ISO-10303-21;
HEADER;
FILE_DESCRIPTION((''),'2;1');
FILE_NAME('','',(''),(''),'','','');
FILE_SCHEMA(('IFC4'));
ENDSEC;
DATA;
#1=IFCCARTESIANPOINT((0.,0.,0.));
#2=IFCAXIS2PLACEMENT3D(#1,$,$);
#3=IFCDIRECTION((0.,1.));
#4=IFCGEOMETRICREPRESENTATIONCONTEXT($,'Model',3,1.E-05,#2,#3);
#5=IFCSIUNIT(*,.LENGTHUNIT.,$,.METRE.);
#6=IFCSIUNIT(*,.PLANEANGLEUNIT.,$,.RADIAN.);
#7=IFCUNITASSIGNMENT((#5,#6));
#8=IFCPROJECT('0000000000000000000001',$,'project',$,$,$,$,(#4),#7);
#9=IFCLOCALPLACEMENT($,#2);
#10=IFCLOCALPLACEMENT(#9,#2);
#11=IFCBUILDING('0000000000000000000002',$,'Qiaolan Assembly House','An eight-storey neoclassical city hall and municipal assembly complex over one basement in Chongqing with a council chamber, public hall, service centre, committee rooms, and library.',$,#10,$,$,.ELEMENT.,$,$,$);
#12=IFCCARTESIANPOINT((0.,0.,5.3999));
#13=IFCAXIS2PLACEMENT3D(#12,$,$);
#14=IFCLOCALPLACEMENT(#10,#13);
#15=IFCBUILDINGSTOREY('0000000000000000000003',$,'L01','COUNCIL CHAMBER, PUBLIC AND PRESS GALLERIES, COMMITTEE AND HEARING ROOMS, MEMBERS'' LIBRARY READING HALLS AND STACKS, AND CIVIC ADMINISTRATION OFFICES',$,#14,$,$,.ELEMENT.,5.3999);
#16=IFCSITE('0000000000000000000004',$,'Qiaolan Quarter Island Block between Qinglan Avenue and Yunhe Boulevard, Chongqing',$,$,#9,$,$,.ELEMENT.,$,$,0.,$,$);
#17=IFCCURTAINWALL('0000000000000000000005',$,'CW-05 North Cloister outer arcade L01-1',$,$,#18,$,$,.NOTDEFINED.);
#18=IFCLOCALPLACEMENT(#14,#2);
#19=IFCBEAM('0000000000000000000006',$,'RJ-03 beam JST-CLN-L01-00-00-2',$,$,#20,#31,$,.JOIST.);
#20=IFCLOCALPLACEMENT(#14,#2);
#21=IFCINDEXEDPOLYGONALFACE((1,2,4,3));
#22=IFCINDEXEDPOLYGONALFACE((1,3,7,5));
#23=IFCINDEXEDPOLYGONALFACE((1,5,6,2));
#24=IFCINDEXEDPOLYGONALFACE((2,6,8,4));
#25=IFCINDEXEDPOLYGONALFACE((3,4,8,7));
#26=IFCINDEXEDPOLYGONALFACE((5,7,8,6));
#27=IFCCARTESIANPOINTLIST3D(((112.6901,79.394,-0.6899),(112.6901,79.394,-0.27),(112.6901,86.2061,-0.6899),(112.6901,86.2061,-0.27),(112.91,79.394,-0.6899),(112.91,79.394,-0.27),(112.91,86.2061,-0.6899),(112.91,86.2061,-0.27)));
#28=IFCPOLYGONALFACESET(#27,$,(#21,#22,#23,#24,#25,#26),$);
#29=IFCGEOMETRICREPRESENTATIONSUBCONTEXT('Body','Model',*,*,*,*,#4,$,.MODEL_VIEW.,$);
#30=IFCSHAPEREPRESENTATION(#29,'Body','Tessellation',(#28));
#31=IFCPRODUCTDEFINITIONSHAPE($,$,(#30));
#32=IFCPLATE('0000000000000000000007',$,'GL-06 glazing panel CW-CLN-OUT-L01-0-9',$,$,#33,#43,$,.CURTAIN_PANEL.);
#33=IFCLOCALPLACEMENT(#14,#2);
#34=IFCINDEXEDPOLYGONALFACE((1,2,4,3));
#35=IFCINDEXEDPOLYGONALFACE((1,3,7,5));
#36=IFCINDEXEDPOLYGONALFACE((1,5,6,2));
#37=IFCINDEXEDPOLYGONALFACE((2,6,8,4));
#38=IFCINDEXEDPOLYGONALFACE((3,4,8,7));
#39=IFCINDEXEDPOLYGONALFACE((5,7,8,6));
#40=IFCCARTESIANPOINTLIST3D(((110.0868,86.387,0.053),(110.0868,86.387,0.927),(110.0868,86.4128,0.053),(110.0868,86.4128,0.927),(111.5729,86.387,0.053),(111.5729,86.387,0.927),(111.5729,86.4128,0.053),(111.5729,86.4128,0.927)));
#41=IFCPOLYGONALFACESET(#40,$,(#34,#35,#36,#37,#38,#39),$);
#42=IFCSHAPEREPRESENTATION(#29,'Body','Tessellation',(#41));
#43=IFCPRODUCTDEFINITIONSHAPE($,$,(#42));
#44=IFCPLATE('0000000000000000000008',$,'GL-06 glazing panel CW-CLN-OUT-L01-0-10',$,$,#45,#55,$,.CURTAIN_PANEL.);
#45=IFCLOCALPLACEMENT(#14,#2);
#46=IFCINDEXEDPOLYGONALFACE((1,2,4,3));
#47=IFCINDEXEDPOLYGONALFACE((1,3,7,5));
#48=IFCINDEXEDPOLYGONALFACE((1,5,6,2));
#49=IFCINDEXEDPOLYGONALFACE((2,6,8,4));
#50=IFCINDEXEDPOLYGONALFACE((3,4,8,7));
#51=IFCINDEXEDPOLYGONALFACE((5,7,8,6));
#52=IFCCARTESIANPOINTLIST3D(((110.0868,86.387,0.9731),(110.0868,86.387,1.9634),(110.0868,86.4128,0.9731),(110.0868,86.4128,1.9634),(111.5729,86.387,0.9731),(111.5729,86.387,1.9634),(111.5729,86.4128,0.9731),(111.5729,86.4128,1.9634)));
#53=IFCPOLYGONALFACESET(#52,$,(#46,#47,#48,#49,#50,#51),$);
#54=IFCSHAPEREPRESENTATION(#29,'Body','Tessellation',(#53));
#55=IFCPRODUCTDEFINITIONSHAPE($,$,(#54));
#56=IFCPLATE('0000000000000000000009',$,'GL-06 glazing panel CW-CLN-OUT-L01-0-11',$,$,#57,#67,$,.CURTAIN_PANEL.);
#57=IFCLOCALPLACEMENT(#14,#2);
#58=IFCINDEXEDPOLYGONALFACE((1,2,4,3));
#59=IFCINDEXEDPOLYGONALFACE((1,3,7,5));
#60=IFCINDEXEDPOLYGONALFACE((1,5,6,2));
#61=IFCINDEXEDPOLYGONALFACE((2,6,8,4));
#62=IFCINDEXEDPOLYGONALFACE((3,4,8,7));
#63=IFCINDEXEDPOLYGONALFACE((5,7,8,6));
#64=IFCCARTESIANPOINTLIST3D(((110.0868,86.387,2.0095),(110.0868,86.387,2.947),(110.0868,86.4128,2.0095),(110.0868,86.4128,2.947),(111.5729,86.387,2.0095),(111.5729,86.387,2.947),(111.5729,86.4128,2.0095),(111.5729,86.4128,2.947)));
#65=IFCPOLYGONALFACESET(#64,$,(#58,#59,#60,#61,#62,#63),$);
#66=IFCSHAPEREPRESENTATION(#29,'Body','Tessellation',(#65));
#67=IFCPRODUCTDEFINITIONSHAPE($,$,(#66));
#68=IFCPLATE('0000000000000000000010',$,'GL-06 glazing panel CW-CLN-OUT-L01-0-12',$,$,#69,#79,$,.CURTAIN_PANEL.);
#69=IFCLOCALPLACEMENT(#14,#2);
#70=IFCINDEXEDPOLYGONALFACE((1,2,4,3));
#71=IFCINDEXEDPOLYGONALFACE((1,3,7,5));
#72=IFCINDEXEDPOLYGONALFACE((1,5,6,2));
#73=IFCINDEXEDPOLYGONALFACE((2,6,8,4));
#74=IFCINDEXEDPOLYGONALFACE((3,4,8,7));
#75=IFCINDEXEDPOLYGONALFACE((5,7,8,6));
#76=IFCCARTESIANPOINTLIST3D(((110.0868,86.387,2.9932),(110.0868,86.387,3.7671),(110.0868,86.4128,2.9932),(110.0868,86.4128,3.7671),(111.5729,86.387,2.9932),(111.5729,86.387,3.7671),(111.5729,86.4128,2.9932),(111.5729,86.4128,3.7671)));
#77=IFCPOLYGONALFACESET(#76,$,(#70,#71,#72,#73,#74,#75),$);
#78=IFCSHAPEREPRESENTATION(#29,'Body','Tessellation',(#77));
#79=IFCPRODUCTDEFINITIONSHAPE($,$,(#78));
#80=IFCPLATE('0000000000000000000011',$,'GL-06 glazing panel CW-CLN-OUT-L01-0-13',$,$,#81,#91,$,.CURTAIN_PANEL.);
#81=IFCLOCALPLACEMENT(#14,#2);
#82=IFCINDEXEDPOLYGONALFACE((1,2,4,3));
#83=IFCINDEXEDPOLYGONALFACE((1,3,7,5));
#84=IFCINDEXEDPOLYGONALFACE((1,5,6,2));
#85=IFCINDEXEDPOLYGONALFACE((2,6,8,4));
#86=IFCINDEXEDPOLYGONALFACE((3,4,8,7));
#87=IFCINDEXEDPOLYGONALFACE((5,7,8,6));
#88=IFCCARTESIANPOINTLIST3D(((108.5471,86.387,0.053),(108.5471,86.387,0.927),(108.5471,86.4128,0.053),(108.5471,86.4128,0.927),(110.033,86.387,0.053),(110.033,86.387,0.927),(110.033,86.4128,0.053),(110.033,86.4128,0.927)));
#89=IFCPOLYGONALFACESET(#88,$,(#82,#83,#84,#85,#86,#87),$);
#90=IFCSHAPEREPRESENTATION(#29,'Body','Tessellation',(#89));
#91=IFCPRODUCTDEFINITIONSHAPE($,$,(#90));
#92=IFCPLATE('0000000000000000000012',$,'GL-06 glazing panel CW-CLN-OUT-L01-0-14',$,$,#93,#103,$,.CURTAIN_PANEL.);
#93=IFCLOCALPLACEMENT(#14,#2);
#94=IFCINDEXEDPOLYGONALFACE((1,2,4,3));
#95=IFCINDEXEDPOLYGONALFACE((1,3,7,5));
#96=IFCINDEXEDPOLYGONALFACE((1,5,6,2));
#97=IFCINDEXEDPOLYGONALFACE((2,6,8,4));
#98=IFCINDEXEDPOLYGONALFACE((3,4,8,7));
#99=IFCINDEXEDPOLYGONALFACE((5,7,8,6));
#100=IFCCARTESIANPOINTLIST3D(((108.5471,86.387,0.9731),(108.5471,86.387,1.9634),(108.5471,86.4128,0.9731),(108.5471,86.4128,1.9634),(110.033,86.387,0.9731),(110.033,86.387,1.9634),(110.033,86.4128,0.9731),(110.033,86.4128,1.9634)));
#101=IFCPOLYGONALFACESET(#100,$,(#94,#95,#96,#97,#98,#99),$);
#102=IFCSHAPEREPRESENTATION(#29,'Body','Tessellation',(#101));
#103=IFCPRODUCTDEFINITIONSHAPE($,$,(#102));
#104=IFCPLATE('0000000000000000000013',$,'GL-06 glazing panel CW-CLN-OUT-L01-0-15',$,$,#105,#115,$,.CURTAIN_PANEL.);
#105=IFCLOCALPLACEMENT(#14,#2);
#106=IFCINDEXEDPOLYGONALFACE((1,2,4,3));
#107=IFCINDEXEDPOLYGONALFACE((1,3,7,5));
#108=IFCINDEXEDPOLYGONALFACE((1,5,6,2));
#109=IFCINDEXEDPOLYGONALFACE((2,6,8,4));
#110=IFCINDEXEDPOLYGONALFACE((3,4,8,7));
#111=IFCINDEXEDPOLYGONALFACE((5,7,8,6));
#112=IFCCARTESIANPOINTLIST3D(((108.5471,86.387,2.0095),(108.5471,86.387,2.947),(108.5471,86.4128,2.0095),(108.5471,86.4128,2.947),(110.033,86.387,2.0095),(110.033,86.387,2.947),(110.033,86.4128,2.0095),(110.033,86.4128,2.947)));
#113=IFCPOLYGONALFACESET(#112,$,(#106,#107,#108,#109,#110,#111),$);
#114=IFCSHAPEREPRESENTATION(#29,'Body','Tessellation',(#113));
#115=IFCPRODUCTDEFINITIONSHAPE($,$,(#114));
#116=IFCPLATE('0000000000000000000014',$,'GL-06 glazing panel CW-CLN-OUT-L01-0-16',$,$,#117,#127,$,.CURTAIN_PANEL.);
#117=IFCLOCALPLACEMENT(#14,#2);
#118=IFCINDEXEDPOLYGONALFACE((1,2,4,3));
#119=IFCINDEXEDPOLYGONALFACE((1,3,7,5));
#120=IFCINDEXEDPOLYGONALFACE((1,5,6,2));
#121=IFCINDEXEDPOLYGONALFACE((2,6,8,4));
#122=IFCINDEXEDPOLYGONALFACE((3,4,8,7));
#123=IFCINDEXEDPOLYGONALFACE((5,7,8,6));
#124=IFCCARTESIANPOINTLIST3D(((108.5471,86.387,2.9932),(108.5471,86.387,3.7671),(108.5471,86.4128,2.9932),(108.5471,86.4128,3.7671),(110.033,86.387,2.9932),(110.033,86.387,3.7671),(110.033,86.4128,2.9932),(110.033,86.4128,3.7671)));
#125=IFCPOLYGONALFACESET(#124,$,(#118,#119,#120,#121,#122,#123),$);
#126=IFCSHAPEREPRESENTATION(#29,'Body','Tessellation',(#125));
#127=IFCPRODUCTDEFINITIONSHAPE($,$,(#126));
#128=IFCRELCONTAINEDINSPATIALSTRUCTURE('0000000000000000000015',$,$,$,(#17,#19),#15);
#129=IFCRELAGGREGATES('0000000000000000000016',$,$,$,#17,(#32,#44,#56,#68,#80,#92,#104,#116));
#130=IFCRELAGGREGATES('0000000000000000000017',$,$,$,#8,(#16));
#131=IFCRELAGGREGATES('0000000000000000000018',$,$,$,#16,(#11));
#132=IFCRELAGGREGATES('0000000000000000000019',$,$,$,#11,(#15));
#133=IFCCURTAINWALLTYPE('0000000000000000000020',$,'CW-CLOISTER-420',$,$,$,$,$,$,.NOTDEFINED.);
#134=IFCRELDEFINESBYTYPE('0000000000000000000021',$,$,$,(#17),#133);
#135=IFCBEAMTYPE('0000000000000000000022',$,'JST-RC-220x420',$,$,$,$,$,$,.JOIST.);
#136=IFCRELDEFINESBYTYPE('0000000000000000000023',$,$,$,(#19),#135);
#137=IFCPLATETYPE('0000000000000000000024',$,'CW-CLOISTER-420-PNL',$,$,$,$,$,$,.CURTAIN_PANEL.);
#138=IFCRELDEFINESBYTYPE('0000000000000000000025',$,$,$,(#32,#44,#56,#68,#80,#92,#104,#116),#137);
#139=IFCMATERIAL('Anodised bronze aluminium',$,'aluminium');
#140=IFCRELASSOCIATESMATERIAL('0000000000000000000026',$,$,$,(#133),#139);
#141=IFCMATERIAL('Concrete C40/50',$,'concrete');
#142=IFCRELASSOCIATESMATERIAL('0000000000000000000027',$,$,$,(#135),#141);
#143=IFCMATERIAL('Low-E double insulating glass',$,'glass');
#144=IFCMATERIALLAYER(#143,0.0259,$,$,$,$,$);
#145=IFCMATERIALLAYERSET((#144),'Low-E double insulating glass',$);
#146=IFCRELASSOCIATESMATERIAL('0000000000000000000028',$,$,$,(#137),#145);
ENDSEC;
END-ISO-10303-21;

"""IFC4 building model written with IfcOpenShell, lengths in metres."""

from ifc_helpers import new_model, si_unit, direction, frame, frame_2d, origin, origin_2d, place, context, subcontext, project, spatial, rectangle, extrude, material, layer, layer_set, material_profile, profile_set, type_object, element, aggregate, save


model = new_model("IFC4")

# Units and contexts
model_context = context("Model", 3, precision=1e-05, world=origin(), true_north=direction((0.0, 1.0)))
body_context = subcontext(model_context, "Body", "Model", "MODEL_VIEW")
ifc_project = project(units=[si_unit("LENGTHUNIT", "METRE"), si_unit("PLANEANGLEUNIT", "RADIAN")], contexts=[model_context])

# Site, building, storey
site_placement = place(None, origin())
site = spatial("IfcSite", under=ifc_project, at=site_placement, Name="Qiaolan Quarter Island Block between Qinglan Avenue and Yunhe Boulevard, Chongqing", CompositionType="ELEMENT", RefElevation=0.0)
building_placement = place(site_placement, origin())
building = spatial("IfcBuilding", under=site, at=building_placement, Name="Qiaolan Assembly House", Description="An eight-storey neoclassical city hall and municipal assembly complex over one basement in Chongqing with a council chamber, public hall, service centre, committee rooms, and library.", CompositionType="ELEMENT")
storey_placement = place(building_placement, frame((0.0, 0.0, 5.3999)))
storey = spatial("IfcBuildingStorey", under=building, at=storey_placement, Name="L01", Description="COUNCIL CHAMBER, PUBLIC AND PRESS GALLERIES, COMMITTEE AND HEARING ROOMS, MEMBERS' LIBRARY READING HALLS AND STACKS, AND CIVIC ADMINISTRATION OFFICES", CompositionType="ELEMENT", Elevation=5.3999)

# Curtain wall
ifc_material_1 = material(Name="Anodised bronze aluminium", Category="aluminium")
curtain_wall_type = type_object("IfcCurtainWallType", Name="CW-CLOISTER-420", PredefinedType="NOTDEFINED", material=ifc_material_1)
curtain_wall_placement = place(storey_placement, origin())
curtain_wall = element("IfcCurtainWall", 1, at=curtain_wall_placement, inside=storey, type_object=curtain_wall_type, Name="CW-05 North Cloister outer arcade L01-1", PredefinedType="NOTDEFINED")

# Beam
ifc_material_2 = material(Name="Concrete C40/50", Category="concrete")
ifc_material_profile_1 = material_profile(ifc_material_2, rectangle(XDim=0.22, YDim=0.4199, at=origin_2d()), Name="RCB 220x420")
ifc_profile_set_1 = profile_set([ifc_material_profile_1], Name="Concrete C40/50")
beam_type = type_object("IfcBeamType", Name="JST-RC-220x420", PredefinedType="JOIST", material=ifc_profile_set_1)
for number, where, z_axis, x_axis, name in (
    (2, (112.8, 79.394, -0.48), (0.0, 1.0, 0.0), (-1.0, 0.0, 0.0), "RJ-03 beam JST-CLN-L01-00-00-2"),
):
    element("IfcBeam", number, at=place(storey_placement, frame(where, z_axis=z_axis, x_axis=x_axis)), inside=storey, type_object=beam_type, Name=name, PredefinedType="JOIST", context=body_context, shape_type="SweptSolid", body=[
        extrude(rectangle(XDim=0.22, YDim=0.4199, at=origin_2d()), origin(), (0.0, 0.0, 1.0), 6.812),
    ])

# Plates
ifc_material_3 = material(Name="Low-E double insulating glass", Category="glass")
ifc_layer = layer(ifc_material_3, 0.0259)
ifc_layer_set = layer_set([ifc_layer], Name="Low-E double insulating glass")
plate_type = type_object("IfcPlateType", Name="CW-CLOISTER-420-PNL", PredefinedType="CURTAIN_PANEL", material=ifc_layer_set)
plate_1_placement = place(storey_placement, frame((111.573, 86.3999, 0.053), z_axis=(0.0, 0.0, 1.0), x_axis=(-1.0, 0.0, 0.0)))
plate_1 = element("IfcPlate", 3, at=plate_1_placement, type_object=plate_type, Name="GL-06 glazing panel CW-CLN-OUT-L01-0-9", PredefinedType="CURTAIN_PANEL", context=body_context, shape_type="SweptSolid", body=[
    extrude(rectangle(XDim=1.4861, YDim=0.0259, at=frame_2d((0.7432, 0.0))), origin(), (0.0, 0.0, 1.0), 0.874),
])
plate_2_placement = place(storey_placement, frame((111.573, 86.3999, 0.9731), z_axis=(0.0, 0.0, 1.0), x_axis=(-1.0, 0.0, 0.0)))
plate_2 = element("IfcPlate", 4, at=plate_2_placement, type_object=plate_type, Name="GL-06 glazing panel CW-CLN-OUT-L01-0-10", PredefinedType="CURTAIN_PANEL", context=body_context, shape_type="SweptSolid", body=[
    extrude(rectangle(XDim=1.4861, YDim=0.0259, at=frame_2d((0.7432, 0.0))), origin(), (0.0, 0.0, 1.0), 0.9902),
])
plate_3_placement = place(storey_placement, frame((111.573, 86.3999, 2.0095), z_axis=(0.0, 0.0, 1.0), x_axis=(-1.0, 0.0, 0.0)))
plate_3 = element("IfcPlate", 5, at=plate_3_placement, type_object=plate_type, Name="GL-06 glazing panel CW-CLN-OUT-L01-0-11", PredefinedType="CURTAIN_PANEL", context=body_context, shape_type="SweptSolid", body=[
    extrude(rectangle(XDim=1.4861, YDim=0.0259, at=frame_2d((0.7432, 0.0))), origin(), (0.0, 0.0, 1.0), 0.9375),
])
plate_4_placement = place(storey_placement, frame((111.573, 86.3999, 2.9932), z_axis=(0.0, 0.0, 1.0), x_axis=(-1.0, 0.0, 0.0)))
plate_4 = element("IfcPlate", 6, at=plate_4_placement, type_object=plate_type, Name="GL-06 glazing panel CW-CLN-OUT-L01-0-12", PredefinedType="CURTAIN_PANEL", context=body_context, shape_type="SweptSolid", body=[
    extrude(rectangle(XDim=1.4861, YDim=0.0259, at=frame_2d((0.7432, 0.0))), origin(), (0.0, 0.0, 1.0), 0.7739),
])
plate_5_placement = place(storey_placement, frame((110.033, 86.3999, 0.053), z_axis=(0.0, 0.0, 1.0), x_axis=(-1.0, 0.0, 0.0)))
plate_5 = element("IfcPlate", 7, at=plate_5_placement, type_object=plate_type, Name="GL-06 glazing panel CW-CLN-OUT-L01-0-13", PredefinedType="CURTAIN_PANEL", context=body_context, shape_type="SweptSolid", body=[
    extrude(rectangle(XDim=1.4858, YDim=0.0259, at=frame_2d((0.7429, 0.0))), origin(), (0.0, 0.0, 1.0), 0.874),
])
plate_6_placement = place(storey_placement, frame((110.033, 86.3999, 0.9731), z_axis=(0.0, 0.0, 1.0), x_axis=(-1.0, 0.0, 0.0)))
plate_6 = element("IfcPlate", 8, at=plate_6_placement, type_object=plate_type, Name="GL-06 glazing panel CW-CLN-OUT-L01-0-14", PredefinedType="CURTAIN_PANEL", context=body_context, shape_type="SweptSolid", body=[
    extrude(rectangle(XDim=1.4858, YDim=0.0259, at=frame_2d((0.7429, 0.0))), origin(), (0.0, 0.0, 1.0), 0.9902),
])
plate_7_placement = place(storey_placement, frame((110.033, 86.3999, 2.0095), z_axis=(0.0, 0.0, 1.0), x_axis=(-1.0, 0.0, 0.0)))
plate_7 = element("IfcPlate", 9, at=plate_7_placement, type_object=plate_type, Name="GL-06 glazing panel CW-CLN-OUT-L01-0-15", PredefinedType="CURTAIN_PANEL", context=body_context, shape_type="SweptSolid", body=[
    extrude(rectangle(XDim=1.4858, YDim=0.0259, at=frame_2d((0.7429, 0.0))), origin(), (0.0, 0.0, 1.0), 0.9375),
])
plate_8_placement = place(storey_placement, frame((110.033, 86.3999, 2.9932), z_axis=(0.0, 0.0, 1.0), x_axis=(-1.0, 0.0, 0.0)))
plate_8 = element("IfcPlate", 10, at=plate_8_placement, type_object=plate_type, Name="GL-06 glazing panel CW-CLN-OUT-L01-0-16", PredefinedType="CURTAIN_PANEL", context=body_context, shape_type="SweptSolid", body=[
    extrude(rectangle(XDim=1.4858, YDim=0.0259, at=frame_2d((0.7429, 0.0))), origin(), (0.0, 0.0, 1.0), 0.7739),
])
aggregate(curtain_wall, [plate_1, plate_2, plate_3, plate_4, plate_5, plate_6, plate_7, plate_8])

save(model, "model.ifc")
